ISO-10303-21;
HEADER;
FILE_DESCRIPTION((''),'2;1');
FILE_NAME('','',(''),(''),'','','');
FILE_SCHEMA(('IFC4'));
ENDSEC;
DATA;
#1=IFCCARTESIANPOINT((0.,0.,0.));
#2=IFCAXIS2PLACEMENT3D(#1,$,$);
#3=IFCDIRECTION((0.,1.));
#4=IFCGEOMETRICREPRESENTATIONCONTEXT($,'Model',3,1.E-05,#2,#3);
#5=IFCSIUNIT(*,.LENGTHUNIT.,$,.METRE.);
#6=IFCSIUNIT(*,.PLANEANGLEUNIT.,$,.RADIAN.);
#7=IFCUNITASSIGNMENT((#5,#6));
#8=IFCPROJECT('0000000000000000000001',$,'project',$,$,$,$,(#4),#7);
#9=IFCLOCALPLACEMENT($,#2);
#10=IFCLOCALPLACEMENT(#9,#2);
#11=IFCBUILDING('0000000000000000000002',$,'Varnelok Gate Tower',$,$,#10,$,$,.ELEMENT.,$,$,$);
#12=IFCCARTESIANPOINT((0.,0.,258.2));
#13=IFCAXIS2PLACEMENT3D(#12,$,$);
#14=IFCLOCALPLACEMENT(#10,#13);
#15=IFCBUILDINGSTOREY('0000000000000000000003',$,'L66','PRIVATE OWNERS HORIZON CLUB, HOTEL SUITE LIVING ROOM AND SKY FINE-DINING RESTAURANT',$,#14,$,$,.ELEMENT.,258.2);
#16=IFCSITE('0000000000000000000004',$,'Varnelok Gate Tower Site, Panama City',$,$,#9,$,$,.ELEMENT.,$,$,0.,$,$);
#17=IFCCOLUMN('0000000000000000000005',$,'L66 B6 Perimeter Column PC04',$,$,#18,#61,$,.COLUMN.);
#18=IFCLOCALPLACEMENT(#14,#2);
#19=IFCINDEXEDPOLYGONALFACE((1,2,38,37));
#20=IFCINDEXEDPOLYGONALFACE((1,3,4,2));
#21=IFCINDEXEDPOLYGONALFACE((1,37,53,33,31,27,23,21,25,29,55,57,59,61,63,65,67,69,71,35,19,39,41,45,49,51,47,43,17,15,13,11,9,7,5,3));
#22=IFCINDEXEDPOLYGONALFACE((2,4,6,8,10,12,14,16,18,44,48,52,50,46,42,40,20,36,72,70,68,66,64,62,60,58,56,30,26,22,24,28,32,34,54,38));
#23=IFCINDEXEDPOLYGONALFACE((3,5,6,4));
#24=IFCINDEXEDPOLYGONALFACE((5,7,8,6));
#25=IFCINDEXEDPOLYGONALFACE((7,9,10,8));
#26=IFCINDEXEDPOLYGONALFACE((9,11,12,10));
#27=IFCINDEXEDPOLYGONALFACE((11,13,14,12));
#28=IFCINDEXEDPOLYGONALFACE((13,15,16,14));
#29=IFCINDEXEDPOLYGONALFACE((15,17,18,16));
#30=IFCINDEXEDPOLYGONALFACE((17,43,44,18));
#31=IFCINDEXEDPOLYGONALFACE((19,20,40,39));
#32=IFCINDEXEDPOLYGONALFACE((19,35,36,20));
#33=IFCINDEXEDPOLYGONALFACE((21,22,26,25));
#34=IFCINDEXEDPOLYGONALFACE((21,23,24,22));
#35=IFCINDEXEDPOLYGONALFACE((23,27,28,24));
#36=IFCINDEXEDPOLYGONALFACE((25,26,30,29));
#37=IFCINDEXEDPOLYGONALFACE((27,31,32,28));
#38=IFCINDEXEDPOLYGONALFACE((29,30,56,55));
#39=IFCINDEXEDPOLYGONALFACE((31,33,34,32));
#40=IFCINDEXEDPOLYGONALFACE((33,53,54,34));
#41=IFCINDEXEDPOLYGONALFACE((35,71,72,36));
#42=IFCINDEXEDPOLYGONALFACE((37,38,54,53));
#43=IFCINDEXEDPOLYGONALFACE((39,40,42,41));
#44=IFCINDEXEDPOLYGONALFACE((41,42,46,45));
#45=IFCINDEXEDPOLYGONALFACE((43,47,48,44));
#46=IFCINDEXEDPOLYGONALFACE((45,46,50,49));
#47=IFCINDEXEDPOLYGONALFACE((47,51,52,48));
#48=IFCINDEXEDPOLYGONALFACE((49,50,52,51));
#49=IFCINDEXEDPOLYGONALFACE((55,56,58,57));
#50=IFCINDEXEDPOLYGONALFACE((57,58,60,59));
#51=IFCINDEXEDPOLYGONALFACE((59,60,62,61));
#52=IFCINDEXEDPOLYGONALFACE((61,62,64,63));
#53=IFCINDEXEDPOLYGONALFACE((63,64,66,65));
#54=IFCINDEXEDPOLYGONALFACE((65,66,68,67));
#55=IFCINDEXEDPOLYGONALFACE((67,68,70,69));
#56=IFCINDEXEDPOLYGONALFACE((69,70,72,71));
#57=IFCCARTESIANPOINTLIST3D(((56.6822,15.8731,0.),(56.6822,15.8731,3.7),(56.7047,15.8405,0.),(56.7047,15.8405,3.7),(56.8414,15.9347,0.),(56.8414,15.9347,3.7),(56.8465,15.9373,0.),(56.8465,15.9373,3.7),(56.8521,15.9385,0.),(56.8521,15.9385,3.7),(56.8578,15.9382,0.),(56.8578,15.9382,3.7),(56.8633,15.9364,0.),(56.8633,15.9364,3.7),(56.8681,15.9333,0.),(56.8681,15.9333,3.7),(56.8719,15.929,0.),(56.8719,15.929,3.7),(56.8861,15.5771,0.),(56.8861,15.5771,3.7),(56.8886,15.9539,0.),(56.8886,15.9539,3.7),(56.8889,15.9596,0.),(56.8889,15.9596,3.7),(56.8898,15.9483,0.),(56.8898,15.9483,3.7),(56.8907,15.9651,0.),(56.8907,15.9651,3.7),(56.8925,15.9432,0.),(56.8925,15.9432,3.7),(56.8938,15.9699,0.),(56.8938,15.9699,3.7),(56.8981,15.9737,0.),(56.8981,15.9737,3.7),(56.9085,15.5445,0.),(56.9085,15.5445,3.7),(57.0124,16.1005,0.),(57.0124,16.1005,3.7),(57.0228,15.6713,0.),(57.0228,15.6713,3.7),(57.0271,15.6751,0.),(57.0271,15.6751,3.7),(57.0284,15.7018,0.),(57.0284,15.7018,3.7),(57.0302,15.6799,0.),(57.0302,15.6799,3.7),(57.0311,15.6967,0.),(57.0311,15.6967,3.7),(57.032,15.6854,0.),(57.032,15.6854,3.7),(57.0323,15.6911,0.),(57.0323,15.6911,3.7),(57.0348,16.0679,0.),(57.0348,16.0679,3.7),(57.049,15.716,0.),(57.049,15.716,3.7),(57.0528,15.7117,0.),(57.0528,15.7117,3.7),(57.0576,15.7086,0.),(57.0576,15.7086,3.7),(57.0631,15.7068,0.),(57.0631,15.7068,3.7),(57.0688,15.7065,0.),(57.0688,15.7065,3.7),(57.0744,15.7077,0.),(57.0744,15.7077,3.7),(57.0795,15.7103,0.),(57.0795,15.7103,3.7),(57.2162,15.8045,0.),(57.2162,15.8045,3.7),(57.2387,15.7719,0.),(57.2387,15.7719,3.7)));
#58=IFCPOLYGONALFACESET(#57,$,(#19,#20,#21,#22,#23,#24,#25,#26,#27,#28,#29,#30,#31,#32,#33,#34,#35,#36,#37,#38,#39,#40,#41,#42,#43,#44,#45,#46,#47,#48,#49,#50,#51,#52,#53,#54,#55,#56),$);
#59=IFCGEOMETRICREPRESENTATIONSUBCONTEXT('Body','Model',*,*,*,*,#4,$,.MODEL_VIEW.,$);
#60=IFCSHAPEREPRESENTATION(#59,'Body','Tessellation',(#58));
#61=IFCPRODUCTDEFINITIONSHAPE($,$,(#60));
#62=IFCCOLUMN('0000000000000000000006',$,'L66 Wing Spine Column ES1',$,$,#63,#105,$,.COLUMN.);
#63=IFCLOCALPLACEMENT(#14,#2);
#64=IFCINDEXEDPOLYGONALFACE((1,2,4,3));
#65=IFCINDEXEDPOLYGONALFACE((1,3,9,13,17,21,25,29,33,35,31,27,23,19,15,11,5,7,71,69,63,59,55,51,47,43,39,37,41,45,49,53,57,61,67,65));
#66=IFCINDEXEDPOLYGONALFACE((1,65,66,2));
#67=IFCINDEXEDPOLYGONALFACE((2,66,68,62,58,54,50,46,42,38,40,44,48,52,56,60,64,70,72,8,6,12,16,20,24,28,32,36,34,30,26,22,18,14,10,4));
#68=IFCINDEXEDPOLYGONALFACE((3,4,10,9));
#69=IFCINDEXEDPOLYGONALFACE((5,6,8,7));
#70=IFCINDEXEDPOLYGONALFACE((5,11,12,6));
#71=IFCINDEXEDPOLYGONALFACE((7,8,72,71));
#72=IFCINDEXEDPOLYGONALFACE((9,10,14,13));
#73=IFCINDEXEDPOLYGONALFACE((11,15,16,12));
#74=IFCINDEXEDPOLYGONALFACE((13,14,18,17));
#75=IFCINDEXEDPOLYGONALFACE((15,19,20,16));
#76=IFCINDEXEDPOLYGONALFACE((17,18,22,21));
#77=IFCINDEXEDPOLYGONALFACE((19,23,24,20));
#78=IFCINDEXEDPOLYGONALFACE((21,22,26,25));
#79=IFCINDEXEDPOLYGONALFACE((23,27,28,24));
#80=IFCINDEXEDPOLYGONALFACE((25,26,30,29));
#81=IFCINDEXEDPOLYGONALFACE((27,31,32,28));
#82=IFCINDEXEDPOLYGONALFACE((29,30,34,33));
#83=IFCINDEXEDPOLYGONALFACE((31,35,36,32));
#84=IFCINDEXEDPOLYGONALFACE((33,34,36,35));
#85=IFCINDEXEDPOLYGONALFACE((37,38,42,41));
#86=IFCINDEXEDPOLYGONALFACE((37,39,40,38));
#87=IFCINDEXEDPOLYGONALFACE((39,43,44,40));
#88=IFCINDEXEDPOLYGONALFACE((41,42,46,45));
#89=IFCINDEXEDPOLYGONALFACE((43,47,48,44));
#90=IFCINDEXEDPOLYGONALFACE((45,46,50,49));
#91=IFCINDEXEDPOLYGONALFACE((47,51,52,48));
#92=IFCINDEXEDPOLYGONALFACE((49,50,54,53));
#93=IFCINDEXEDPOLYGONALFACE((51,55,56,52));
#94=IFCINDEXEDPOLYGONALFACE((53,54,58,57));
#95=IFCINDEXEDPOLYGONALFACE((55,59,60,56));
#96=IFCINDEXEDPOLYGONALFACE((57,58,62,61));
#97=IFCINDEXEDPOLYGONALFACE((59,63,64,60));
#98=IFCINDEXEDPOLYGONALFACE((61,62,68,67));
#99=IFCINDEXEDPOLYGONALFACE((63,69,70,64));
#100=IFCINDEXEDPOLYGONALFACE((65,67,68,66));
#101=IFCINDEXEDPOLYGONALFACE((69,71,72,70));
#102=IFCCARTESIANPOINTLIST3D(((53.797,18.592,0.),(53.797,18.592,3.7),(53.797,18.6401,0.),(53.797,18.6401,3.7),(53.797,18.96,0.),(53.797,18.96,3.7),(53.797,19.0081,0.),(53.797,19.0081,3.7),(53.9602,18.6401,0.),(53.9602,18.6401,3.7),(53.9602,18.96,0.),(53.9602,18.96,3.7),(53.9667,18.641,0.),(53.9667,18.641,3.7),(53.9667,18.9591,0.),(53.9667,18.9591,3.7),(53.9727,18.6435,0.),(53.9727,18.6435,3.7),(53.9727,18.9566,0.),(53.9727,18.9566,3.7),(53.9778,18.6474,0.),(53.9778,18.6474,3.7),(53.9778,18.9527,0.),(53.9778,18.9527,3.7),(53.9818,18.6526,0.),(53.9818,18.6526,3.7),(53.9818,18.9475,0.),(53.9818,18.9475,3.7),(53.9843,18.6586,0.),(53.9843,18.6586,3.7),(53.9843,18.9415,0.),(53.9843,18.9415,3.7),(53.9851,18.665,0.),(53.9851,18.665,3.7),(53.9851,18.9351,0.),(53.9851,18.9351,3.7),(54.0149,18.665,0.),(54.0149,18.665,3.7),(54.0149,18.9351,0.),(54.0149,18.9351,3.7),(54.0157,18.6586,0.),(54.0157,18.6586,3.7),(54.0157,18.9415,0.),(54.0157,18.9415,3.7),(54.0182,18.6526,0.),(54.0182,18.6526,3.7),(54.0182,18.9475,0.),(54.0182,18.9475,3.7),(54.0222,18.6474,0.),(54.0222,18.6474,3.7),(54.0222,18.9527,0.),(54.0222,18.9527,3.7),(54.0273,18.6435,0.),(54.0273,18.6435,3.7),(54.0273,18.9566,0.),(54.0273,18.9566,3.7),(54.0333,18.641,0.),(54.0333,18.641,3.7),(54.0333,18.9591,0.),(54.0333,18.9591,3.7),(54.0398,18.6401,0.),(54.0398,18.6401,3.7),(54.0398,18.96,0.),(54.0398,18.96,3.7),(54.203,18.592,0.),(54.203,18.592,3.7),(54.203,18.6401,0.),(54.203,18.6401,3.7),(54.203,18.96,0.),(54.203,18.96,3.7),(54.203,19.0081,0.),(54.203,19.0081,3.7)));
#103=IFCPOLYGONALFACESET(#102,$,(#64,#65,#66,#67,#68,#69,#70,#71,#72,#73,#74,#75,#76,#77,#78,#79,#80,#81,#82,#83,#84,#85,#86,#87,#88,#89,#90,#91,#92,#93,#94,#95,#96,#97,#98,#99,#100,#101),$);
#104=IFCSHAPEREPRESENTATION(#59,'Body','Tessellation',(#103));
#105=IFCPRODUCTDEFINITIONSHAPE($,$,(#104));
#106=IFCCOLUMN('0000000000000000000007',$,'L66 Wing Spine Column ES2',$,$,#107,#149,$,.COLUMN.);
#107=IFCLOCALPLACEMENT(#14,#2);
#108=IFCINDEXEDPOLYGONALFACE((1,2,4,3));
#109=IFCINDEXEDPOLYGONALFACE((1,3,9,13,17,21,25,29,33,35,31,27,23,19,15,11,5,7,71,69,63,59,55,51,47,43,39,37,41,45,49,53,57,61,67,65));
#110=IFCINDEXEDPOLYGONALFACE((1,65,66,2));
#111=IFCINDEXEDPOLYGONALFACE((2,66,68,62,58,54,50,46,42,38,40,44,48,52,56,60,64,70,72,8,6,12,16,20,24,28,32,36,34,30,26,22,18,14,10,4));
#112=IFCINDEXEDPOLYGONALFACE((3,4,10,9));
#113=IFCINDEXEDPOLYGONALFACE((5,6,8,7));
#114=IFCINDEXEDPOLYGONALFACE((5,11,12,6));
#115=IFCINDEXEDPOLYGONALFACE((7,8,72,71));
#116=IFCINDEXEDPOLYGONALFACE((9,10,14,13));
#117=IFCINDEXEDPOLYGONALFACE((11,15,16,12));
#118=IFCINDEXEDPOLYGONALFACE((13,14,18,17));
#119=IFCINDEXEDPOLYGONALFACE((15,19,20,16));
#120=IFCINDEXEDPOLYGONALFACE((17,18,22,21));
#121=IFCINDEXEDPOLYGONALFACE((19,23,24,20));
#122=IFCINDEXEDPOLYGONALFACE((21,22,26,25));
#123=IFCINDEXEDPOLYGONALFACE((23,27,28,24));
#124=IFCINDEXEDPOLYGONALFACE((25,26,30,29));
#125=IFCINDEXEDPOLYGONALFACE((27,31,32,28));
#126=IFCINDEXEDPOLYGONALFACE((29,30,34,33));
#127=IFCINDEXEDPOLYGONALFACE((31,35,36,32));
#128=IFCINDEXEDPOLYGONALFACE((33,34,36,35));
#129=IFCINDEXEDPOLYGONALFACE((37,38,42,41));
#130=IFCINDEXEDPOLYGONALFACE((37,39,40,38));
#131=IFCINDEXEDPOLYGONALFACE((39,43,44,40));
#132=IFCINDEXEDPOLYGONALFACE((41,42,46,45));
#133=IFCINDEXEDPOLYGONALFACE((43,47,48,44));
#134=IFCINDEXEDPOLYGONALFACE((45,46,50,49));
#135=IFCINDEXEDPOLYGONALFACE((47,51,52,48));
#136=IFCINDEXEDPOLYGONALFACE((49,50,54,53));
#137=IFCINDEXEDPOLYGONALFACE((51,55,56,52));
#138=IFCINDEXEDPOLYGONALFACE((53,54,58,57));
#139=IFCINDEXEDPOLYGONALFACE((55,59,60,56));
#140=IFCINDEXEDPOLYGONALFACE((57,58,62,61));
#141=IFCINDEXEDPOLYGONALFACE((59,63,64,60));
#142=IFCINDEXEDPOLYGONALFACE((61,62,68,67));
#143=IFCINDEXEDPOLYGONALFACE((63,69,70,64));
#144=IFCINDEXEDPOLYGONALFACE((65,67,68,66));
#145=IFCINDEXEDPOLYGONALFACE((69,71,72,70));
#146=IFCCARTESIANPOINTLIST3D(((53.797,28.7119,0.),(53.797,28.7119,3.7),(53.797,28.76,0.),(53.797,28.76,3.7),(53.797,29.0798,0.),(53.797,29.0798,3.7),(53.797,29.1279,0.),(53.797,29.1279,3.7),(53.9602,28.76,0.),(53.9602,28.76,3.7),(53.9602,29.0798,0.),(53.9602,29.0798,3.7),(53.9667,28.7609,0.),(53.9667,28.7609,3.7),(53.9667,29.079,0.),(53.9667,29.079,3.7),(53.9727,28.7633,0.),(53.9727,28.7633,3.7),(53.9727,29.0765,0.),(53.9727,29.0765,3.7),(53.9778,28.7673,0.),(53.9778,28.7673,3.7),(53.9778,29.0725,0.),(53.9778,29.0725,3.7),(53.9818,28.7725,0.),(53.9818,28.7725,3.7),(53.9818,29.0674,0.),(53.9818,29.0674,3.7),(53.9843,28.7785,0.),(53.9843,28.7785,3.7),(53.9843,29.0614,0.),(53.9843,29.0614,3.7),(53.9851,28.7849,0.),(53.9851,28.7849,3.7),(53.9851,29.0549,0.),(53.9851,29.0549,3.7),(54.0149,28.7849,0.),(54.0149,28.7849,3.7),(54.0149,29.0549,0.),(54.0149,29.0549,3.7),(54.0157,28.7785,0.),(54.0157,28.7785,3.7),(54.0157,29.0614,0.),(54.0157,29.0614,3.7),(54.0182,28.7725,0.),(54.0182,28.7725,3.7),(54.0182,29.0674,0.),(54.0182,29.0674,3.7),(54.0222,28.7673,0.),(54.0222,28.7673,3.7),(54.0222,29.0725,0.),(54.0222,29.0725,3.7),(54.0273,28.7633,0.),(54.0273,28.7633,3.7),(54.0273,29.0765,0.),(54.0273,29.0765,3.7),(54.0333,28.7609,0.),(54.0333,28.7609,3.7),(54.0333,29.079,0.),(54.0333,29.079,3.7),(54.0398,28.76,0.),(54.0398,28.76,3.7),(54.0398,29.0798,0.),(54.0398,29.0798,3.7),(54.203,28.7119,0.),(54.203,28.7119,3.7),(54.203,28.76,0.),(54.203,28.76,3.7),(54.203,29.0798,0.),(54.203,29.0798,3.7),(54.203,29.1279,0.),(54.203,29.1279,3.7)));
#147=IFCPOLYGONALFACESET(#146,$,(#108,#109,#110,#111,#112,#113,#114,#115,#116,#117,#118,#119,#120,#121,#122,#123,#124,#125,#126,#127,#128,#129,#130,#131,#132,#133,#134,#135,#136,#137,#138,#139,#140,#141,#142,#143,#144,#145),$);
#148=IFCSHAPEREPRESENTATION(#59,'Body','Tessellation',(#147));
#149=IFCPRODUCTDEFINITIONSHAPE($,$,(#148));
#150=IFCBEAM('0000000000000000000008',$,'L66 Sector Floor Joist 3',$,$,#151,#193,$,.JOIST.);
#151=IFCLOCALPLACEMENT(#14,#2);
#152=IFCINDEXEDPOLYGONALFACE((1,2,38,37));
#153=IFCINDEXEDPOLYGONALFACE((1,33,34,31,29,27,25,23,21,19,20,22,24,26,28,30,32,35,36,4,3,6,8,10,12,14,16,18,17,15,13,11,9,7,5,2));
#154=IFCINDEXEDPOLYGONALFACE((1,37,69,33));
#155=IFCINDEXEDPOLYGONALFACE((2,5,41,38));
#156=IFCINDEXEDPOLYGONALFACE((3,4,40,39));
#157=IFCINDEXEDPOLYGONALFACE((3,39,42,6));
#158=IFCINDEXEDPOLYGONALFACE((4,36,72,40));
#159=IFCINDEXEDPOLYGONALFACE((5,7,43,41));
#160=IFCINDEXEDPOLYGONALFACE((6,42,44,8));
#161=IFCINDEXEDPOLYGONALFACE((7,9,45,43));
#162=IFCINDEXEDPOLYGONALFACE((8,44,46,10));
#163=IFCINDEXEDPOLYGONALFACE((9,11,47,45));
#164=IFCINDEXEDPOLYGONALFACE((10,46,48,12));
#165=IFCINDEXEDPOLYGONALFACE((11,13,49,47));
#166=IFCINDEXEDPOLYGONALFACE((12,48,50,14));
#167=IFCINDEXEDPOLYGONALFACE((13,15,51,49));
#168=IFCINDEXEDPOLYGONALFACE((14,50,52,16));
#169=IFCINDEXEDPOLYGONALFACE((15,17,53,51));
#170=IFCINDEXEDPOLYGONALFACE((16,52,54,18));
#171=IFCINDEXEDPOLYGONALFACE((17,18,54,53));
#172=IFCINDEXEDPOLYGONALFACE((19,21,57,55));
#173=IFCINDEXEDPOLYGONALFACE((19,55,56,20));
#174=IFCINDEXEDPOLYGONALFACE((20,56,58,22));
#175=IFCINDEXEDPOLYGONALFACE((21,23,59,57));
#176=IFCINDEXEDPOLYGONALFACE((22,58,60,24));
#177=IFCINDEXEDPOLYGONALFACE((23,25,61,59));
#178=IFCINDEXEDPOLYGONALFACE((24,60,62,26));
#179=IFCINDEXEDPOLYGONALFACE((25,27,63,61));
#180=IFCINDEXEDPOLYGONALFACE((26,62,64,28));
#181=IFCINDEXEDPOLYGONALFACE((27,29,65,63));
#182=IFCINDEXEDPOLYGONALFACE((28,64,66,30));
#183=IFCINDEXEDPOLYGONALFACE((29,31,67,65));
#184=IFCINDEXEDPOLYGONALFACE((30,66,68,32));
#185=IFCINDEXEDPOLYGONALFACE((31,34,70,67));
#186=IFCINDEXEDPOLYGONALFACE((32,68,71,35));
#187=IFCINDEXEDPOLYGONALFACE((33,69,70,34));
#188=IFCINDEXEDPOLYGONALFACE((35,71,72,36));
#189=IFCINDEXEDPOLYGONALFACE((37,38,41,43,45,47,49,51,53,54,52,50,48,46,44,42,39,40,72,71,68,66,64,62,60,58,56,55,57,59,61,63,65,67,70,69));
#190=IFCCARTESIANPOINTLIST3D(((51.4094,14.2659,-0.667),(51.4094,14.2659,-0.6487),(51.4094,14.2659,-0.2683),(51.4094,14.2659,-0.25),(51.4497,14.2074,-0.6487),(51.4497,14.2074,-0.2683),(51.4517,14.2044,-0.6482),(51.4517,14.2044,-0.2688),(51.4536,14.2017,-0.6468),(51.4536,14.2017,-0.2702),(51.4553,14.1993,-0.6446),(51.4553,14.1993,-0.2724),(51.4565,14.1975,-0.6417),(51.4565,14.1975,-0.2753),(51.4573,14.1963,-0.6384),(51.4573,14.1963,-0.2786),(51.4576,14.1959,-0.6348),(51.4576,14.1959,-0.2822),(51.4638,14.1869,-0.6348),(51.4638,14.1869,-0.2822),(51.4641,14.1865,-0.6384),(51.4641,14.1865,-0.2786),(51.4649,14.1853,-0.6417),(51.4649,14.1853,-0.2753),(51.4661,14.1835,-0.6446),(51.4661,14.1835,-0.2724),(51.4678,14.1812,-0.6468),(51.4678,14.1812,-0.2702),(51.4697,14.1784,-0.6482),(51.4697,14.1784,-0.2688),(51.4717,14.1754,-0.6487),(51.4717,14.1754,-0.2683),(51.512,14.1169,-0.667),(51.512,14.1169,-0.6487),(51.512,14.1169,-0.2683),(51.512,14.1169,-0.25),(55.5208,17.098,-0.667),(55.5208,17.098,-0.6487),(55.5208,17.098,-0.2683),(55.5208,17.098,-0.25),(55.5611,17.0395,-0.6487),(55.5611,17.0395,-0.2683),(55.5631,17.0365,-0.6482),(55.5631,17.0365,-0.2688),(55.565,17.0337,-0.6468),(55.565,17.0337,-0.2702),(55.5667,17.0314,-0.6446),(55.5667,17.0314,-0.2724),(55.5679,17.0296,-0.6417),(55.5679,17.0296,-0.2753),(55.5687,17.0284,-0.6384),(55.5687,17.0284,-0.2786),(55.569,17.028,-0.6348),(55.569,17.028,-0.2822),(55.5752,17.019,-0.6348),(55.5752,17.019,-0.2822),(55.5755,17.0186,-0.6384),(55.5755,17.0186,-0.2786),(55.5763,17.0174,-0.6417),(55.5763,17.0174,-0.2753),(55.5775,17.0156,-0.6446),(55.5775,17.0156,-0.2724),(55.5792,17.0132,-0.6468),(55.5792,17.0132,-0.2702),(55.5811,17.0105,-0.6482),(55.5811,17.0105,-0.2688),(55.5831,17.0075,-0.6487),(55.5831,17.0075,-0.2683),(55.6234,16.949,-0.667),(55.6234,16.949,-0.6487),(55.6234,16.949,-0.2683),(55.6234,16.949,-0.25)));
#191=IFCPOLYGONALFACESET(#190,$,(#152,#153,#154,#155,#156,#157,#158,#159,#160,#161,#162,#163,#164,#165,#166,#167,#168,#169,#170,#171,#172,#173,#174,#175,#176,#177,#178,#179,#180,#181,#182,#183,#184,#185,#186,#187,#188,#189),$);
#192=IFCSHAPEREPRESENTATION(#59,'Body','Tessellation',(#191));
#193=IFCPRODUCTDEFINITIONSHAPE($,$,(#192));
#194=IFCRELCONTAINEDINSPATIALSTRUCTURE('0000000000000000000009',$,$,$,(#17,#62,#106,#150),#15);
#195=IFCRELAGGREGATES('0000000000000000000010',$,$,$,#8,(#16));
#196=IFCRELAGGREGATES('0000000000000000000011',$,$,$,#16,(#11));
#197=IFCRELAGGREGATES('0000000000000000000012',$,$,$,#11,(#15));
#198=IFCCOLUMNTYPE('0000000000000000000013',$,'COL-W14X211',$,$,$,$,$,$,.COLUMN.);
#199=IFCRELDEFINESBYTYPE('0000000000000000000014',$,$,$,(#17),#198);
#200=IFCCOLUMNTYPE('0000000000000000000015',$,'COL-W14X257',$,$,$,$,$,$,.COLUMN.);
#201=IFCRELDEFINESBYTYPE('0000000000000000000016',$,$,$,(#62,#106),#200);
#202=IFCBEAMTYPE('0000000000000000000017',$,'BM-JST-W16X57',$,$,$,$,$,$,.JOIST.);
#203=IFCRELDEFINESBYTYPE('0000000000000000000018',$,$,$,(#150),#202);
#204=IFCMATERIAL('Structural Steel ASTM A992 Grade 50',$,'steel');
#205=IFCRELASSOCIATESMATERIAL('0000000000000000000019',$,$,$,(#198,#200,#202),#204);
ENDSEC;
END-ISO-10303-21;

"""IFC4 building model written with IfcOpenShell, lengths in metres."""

from ifc_helpers import new_model, si_unit, direction, frame, origin, origin_2d, place, context, subcontext, project, spatial, i_section, extrude, material, material_profile, profile_set, type_object, element, save


model = new_model("IFC4")

# Units and contexts
model_context = context("Model", 3, precision=1e-05, world=origin(), true_north=direction((0.0, 1.0)))
body_context = subcontext(model_context, "Body", "Model", "MODEL_VIEW")
ifc_project = project(units=[si_unit("LENGTHUNIT", "METRE"), si_unit("PLANEANGLEUNIT", "RADIAN")], contexts=[model_context])

# Site, building, storey
site_placement = place(None, origin())
site = spatial("IfcSite", under=ifc_project, at=site_placement, Name="Varnelok Gate Tower Site, Panama City", CompositionType="ELEMENT", RefElevation=0.0)
building_placement = place(site_placement, origin())
building = spatial("IfcBuilding", under=site, at=building_placement, Name="Varnelok Gate Tower", CompositionType="ELEMENT")
storey_placement = place(building_placement, frame((0.0, 0.0, 258.2)))
storey = spatial("IfcBuildingStorey", under=building, at=storey_placement, Name="L66", Description="PRIVATE OWNERS HORIZON CLUB, HOTEL SUITE LIVING ROOM AND SKY FINE-DINING RESTAURANT", CompositionType="ELEMENT", Elevation=258.2)

# Columns
ifc_material_1 = material(Name="Structural Steel ASTM A992 Grade 50", Category="steel")
ifc_material_profile_1 = material_profile(ifc_material_1, i_section(OverallWidth=0.4009, OverallDepth=0.3989, WebThickness=0.0249, FlangeThickness=0.0396, FilletRadius=0.022, at=origin_2d()), Name="W14X211")
ifc_profile_set_1 = profile_set([ifc_material_profile_1], Name="Structural Steel ASTM A992 Grade 50")
column_type_1 = type_object("IfcColumnType", Name="COL-W14X211", PredefinedType="COLUMN", material=ifc_profile_set_1)
column_placement = place(storey_placement, frame((56.9604, 15.8225, 0.0), z_axis=(0.0, 0.0, 1.0), x_axis=(0.823533, 0.567269, 0.0)))
element("IfcColumn", 1, at=column_placement, inside=storey, type_object=column_type_1, Name="L66 B6 Perimeter Column PC04", PredefinedType="COLUMN", context=body_context, shape_type="SweptSolid", body=[
    extrude(i_section(OverallWidth=0.4009, OverallDepth=0.3989, WebThickness=0.0249, FlangeThickness=0.0396, FilletRadius=0.022, at=origin_2d()), origin(), (0.0, 0.0, 1.0), 3.7),
])
ifc_material_profile_2 = material_profile(ifc_material_1, i_section(OverallWidth=0.406, OverallDepth=0.416, WebThickness=0.0298, FlangeThickness=0.0481, FilletRadius=0.0249, at=origin_2d()), Name="W14X257")
ifc_profile_set_2 = profile_set([ifc_material_profile_2], Name="Structural Steel ASTM A992 Grade 50")
column_type_2 = type_object("IfcColumnType", Name="COL-W14X257", PredefinedType="COLUMN", material=ifc_profile_set_2)
for number, where, z_axis, x_axis, name in (
    (2, (54.0, 18.8, 0.0), (0.0, 0.0, 1.0), (1.0, 0.0, 0.0), "L66 Wing Spine Column ES1"),
    (3, (54.0, 28.9199, 0.0), (0.0, 0.0, 1.0), (1.0, 0.0, 0.0), "L66 Wing Spine Column ES2"),
):
    element("IfcColumn", number, at=place(storey_placement, frame(where, z_axis=z_axis, x_axis=x_axis)), inside=storey, type_object=column_type_2, Name=name, PredefinedType="COLUMN", context=body_context, shape_type="SweptSolid", body=[
        extrude(i_section(OverallWidth=0.406, OverallDepth=0.416, WebThickness=0.0298, FlangeThickness=0.0481, FilletRadius=0.0249, at=origin_2d()), origin(), (0.0, 0.0, 1.0), 3.7),
    ])

# Beam
ifc_material_profile_3 = material_profile(ifc_material_1, i_section(OverallWidth=0.1809, OverallDepth=0.417, WebThickness=0.011, FlangeThickness=0.0183, FilletRadius=0.0139, at=origin_2d()), Name="W16X57")
ifc_profile_set_3 = profile_set([ifc_material_profile_3], Name="Structural Steel ASTM A992 Grade 50")
beam_type_1 = type_object("IfcBeamType", Name="BM-JST-W16X57", PredefinedType="JOIST", material=ifc_profile_set_3)
beam_1_placement = place(storey_placement, frame((51.4607, 14.1914, -0.4585), z_axis=(0.823528, 0.567276, 0.0), x_axis=(-0.567276, 0.823528, 0.0)))
element("IfcBeam", 4, at=beam_1_placement, inside=storey, type_object=beam_type_1, Name="L66 Sector Floor Joist 3", PredefinedType="JOIST", context=body_context, shape_type="SweptSolid", body=[
    extrude(i_section(OverallWidth=0.1809, OverallDepth=0.417, WebThickness=0.011, FlangeThickness=0.0183, FilletRadius=0.0139, at=origin_2d()), origin(), (0.0, 0.0, 1.0), 4.9924),
])

save(model, "model.ifc")
